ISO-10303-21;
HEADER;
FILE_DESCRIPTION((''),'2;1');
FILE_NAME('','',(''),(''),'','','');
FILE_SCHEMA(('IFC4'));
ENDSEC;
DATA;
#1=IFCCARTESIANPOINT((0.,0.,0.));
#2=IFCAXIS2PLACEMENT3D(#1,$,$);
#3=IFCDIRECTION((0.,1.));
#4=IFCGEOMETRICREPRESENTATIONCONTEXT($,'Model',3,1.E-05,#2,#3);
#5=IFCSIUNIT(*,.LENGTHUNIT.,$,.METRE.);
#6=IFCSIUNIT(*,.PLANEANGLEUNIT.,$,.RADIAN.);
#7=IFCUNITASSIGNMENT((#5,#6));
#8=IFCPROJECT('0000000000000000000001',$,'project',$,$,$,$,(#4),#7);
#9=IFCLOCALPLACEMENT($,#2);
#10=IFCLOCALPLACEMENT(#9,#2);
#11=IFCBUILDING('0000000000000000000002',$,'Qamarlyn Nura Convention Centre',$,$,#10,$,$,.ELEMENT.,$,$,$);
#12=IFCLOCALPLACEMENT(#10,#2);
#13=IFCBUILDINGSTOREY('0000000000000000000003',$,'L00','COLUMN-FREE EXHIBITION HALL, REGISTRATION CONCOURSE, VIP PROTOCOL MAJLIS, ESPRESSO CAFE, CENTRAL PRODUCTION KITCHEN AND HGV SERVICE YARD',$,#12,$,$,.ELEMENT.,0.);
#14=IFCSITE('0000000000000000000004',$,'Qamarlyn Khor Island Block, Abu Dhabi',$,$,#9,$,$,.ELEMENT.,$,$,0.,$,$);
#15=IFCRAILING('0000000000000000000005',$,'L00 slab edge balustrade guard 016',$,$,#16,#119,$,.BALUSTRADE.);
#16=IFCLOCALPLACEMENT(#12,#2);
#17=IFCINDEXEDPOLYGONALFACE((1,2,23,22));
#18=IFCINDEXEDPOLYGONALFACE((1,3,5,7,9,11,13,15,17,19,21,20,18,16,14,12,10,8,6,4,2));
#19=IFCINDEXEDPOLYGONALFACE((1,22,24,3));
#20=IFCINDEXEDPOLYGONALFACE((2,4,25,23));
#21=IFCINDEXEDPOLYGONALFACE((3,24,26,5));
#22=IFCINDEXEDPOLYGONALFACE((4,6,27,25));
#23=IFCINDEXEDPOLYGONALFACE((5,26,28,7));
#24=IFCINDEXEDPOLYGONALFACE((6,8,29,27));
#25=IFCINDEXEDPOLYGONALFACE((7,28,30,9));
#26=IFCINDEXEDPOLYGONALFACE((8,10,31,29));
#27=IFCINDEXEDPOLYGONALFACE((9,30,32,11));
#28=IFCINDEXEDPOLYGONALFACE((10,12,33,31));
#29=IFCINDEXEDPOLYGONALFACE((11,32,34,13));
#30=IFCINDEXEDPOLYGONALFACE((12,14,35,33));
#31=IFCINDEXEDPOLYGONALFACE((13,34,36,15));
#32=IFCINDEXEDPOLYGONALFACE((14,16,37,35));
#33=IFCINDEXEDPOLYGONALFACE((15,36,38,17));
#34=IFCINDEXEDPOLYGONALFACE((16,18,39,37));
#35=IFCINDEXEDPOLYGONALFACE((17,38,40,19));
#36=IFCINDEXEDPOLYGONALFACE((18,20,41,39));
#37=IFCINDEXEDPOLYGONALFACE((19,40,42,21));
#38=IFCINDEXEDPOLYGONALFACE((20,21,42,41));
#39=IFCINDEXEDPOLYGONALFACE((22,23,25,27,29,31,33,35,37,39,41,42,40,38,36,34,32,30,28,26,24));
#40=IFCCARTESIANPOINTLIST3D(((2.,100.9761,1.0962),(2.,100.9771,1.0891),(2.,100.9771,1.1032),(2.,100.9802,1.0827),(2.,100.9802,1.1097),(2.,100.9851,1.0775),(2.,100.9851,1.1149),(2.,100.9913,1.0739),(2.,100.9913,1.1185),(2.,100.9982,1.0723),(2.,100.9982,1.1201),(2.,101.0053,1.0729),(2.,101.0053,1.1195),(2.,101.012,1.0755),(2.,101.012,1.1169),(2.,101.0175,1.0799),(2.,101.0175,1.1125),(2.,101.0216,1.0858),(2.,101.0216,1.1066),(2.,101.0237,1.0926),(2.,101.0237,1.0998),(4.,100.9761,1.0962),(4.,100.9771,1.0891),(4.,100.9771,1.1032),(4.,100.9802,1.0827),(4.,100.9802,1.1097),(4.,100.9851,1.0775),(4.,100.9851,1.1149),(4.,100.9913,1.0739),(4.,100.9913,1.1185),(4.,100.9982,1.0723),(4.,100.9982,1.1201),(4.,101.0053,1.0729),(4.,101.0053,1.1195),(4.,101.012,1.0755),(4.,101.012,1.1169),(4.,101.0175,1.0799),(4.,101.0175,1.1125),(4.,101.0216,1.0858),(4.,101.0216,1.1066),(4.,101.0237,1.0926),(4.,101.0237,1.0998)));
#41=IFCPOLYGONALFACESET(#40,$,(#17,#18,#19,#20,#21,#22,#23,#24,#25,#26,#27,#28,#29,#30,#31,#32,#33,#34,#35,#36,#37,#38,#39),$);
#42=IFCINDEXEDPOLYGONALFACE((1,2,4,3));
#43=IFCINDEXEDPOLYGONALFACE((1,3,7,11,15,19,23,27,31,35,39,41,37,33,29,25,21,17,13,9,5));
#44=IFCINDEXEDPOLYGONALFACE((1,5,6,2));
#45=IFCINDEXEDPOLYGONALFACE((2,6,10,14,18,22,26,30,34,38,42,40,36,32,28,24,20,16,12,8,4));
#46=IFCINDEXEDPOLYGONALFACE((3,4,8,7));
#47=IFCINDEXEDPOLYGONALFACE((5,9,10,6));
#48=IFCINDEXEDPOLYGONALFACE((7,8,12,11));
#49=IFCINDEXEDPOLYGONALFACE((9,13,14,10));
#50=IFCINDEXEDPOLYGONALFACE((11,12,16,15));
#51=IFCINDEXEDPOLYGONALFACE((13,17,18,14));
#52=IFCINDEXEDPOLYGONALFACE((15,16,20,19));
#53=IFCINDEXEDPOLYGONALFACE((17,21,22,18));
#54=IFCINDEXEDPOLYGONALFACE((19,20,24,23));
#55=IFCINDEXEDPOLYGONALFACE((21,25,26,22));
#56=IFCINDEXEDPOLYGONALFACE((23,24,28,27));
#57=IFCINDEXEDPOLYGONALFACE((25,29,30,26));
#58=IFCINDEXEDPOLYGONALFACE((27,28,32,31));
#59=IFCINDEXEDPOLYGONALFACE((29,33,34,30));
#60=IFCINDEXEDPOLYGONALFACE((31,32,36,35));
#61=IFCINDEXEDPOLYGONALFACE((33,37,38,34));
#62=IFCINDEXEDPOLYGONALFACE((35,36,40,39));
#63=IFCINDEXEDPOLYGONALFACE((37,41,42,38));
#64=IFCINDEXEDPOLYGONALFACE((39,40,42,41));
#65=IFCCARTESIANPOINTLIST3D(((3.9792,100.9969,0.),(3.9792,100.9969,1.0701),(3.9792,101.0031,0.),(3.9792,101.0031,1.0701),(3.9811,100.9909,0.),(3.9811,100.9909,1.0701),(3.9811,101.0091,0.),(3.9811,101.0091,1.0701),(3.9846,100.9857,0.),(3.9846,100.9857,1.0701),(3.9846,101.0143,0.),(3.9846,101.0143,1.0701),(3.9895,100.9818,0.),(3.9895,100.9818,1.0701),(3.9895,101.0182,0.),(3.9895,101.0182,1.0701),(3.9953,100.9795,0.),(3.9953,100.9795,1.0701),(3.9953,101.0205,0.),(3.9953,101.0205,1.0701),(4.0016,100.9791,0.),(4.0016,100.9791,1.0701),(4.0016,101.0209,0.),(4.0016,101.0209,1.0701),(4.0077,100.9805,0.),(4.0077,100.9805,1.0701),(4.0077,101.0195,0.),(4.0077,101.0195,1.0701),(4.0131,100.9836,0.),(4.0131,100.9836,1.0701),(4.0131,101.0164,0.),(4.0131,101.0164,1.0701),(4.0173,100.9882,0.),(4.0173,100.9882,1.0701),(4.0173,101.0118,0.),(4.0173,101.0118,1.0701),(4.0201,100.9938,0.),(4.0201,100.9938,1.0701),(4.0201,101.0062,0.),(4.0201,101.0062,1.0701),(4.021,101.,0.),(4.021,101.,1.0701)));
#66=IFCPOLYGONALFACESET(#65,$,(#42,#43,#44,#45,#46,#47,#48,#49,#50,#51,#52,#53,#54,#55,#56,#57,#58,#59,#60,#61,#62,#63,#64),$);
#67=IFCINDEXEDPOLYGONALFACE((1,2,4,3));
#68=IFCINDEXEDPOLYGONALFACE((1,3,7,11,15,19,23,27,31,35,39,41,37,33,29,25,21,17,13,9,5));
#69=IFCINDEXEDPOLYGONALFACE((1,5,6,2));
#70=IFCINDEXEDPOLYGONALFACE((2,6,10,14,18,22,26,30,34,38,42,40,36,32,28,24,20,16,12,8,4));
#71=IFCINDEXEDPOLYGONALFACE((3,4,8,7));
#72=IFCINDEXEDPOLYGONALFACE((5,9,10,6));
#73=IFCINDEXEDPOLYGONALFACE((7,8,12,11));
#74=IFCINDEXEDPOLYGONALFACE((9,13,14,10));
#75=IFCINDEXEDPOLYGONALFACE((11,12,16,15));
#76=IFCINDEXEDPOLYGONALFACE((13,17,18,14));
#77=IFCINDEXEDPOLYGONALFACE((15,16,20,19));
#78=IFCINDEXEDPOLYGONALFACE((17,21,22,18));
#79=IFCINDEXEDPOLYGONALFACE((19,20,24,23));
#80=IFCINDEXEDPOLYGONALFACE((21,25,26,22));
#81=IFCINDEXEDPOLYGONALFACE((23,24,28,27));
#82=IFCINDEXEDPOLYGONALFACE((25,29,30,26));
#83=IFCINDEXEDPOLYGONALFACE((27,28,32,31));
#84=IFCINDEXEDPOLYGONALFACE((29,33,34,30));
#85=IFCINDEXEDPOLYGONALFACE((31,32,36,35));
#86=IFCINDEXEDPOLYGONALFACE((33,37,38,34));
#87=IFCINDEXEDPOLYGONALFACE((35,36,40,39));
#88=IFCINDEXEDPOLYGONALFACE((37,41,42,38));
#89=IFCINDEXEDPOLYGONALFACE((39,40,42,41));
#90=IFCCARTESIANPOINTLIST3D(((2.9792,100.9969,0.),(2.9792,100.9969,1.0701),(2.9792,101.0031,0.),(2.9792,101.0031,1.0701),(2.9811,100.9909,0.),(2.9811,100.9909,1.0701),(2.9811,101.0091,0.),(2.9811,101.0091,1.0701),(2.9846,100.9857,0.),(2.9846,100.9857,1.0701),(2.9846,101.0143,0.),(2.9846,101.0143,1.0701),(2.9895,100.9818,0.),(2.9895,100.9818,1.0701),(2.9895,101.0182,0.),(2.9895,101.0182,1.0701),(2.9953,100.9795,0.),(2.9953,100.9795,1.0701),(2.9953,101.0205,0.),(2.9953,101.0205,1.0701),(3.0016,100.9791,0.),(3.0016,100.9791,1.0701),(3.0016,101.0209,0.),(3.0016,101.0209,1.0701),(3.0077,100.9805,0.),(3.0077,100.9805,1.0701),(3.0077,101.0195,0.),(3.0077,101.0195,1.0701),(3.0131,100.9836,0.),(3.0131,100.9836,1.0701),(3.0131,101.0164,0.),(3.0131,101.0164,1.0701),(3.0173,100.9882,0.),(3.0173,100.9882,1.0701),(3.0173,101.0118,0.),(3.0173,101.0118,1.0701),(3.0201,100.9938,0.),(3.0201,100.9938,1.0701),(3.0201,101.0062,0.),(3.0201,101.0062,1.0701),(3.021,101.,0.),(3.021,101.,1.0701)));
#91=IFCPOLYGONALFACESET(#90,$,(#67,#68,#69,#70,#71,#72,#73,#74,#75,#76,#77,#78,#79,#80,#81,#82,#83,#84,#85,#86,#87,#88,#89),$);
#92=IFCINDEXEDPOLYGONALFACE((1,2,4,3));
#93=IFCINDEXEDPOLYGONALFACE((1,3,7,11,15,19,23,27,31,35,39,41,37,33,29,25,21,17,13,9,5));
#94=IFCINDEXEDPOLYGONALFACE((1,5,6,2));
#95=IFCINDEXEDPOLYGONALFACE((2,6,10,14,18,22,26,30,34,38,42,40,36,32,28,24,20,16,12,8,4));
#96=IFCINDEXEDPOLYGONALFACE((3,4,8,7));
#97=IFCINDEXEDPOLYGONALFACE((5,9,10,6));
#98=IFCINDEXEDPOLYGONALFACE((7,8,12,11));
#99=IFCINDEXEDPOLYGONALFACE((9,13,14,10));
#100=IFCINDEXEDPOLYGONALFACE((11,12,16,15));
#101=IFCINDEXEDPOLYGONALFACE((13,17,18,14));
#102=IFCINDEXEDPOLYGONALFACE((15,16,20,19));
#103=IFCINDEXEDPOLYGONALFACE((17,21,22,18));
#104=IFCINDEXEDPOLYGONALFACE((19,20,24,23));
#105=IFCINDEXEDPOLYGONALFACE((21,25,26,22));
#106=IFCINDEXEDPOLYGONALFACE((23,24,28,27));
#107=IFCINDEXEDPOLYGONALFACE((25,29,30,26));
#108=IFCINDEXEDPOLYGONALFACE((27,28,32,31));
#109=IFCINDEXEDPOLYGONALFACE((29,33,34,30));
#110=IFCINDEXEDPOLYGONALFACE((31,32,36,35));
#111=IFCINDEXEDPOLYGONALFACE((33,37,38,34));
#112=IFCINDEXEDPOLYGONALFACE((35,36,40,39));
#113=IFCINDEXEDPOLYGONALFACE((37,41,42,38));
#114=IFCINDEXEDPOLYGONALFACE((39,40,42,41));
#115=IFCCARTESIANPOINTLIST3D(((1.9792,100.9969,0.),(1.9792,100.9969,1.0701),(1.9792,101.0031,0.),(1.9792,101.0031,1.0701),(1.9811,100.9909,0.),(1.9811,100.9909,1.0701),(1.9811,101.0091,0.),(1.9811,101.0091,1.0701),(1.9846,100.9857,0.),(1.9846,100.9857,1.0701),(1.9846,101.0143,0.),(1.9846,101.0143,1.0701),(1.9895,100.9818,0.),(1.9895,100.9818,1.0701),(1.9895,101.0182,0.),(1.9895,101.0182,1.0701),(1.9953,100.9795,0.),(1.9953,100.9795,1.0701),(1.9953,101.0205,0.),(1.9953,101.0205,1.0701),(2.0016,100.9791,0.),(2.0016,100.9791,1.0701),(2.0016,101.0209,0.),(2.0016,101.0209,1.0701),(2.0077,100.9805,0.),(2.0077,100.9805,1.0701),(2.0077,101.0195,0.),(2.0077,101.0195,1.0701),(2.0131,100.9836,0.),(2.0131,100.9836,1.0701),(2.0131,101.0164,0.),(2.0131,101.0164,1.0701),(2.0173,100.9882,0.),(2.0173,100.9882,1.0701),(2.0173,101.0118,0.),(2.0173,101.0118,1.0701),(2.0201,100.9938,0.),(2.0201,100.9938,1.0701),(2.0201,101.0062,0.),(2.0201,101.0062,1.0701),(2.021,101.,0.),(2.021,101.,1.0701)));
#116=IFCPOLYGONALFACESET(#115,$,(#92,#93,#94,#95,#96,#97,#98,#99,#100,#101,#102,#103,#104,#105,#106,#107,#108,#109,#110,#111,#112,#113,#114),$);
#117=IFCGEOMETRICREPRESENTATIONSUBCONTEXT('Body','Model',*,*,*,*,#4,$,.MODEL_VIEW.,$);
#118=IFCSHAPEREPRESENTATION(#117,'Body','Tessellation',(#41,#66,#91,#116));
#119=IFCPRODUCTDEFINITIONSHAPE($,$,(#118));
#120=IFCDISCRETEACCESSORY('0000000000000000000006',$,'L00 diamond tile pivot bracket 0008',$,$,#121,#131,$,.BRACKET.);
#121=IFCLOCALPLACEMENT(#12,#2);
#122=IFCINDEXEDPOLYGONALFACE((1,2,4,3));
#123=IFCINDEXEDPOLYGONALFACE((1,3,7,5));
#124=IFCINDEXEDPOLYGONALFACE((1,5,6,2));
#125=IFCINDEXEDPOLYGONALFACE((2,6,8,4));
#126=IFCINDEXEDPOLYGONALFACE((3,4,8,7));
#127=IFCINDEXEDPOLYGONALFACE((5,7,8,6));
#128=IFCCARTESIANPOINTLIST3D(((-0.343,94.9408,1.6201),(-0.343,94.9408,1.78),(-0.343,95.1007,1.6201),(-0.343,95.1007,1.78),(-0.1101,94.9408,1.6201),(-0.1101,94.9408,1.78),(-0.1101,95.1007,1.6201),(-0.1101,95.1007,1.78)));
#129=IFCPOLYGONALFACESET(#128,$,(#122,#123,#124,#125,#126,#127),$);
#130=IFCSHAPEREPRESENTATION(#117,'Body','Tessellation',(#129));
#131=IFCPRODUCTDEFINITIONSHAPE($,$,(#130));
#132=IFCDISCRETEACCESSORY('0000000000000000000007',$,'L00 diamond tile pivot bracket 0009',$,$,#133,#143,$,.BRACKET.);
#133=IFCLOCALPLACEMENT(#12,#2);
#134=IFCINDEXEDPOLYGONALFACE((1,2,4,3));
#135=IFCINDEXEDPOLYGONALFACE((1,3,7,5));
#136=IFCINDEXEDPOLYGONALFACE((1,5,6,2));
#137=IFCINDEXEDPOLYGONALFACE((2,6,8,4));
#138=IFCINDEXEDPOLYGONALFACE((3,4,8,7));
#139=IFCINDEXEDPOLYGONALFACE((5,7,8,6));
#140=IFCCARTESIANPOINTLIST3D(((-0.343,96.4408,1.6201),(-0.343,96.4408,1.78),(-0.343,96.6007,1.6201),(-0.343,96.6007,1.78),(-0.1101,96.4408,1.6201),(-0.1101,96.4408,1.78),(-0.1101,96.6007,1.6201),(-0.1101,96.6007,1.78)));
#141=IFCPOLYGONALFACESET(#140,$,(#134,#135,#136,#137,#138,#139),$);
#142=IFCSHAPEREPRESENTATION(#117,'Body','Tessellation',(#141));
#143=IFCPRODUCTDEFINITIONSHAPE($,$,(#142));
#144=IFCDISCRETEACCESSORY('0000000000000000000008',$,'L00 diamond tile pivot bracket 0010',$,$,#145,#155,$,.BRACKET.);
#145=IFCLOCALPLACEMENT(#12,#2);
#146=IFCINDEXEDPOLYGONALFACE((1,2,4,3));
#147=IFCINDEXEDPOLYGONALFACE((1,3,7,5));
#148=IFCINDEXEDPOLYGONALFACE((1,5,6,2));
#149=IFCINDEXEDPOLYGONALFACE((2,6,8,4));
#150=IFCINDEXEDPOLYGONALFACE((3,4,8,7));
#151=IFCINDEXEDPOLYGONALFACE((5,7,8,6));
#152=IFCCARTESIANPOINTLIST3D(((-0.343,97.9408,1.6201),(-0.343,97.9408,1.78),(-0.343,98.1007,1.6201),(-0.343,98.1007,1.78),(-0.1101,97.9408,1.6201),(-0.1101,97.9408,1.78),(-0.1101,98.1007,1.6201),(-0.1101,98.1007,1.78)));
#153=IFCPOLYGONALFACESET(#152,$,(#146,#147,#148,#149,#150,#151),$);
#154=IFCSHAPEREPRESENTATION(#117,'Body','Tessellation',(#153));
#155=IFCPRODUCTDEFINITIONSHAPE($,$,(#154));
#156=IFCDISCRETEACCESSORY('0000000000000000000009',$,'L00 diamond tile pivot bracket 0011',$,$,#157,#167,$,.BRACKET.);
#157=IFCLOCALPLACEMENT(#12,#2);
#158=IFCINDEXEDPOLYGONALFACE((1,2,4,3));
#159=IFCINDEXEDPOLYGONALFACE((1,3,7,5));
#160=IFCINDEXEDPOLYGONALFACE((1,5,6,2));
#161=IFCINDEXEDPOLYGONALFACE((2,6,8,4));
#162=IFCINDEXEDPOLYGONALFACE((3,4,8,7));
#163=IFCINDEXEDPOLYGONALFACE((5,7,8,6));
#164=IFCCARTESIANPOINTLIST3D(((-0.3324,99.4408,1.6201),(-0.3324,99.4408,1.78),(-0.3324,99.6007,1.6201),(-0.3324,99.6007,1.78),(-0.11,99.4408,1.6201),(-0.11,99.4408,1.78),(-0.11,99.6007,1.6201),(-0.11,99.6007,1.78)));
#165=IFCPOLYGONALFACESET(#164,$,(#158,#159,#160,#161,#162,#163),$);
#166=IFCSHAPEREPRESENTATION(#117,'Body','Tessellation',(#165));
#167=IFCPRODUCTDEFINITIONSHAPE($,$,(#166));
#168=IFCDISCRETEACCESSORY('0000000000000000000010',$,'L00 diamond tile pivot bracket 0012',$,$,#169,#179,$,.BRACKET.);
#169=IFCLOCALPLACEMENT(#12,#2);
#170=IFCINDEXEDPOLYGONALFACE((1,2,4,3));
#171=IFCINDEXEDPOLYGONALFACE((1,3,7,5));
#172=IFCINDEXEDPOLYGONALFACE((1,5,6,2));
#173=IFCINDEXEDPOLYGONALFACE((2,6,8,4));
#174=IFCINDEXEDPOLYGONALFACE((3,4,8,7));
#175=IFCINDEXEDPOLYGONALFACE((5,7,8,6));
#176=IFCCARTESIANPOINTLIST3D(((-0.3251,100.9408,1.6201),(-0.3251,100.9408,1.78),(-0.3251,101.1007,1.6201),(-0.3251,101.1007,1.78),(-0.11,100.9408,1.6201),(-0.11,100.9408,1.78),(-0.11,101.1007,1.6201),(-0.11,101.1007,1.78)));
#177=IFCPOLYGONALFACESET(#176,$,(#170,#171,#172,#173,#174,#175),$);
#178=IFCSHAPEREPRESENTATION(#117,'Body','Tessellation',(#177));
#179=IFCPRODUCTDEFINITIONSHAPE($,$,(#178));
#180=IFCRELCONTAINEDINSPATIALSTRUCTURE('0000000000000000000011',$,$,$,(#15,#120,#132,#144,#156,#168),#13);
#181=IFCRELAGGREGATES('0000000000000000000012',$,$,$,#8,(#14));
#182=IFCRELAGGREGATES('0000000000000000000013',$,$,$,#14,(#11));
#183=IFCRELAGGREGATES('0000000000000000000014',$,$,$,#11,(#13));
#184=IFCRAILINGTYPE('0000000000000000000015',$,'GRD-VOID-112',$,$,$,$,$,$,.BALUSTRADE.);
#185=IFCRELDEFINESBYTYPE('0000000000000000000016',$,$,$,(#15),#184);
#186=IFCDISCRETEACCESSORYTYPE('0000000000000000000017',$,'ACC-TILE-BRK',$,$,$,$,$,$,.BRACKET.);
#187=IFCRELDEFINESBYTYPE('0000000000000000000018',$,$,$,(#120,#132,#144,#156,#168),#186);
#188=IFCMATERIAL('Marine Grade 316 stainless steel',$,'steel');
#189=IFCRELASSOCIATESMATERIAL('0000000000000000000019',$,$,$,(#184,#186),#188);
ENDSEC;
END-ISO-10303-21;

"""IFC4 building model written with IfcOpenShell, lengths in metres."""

from ifc_helpers import new_model, si_unit, direction, frame, origin, origin_2d, place, context, subcontext, project, spatial, rectangle, circle, extrude, material, type_object, element, save


model = new_model("IFC4")

# Units and contexts
model_context = context("Model", 3, precision=1e-05, world=origin(), true_north=direction((0.0, 1.0)))
body_context = subcontext(model_context, "Body", "Model", "MODEL_VIEW")
ifc_project = project(units=[si_unit("LENGTHUNIT", "METRE"), si_unit("PLANEANGLEUNIT", "RADIAN")], contexts=[model_context])

# Site, building, storey
site_placement = place(None, origin())
site = spatial("IfcSite", under=ifc_project, at=site_placement, Name="Qamarlyn Khor Island Block, Abu Dhabi", CompositionType="ELEMENT", RefElevation=0.0)
building_placement = place(site_placement, origin())
building = spatial("IfcBuilding", under=site, at=building_placement, Name="Qamarlyn Nura Convention Centre", CompositionType="ELEMENT")
storey_placement = place(building_placement, origin())
storey = spatial("IfcBuildingStorey", under=building, at=storey_placement, Name="L00", Description="COLUMN-FREE EXHIBITION HALL, REGISTRATION CONCOURSE, VIP PROTOCOL MAJLIS, ESPRESSO CAFE, CENTRAL PRODUCTION KITCHEN AND HGV SERVICE YARD", CompositionType="ELEMENT", Elevation=0.0)

# Railing
ifc_material_1 = material(Name="Marine Grade 316 stainless steel", Category="steel")
railing_type = type_object("IfcRailingType", Name="GRD-VOID-112", PredefinedType="BALUSTRADE", material=ifc_material_1)
railing_1_placement = place(storey_placement, frame((4.0, 101.0, 0.0)))
element("IfcRailing", 1, at=railing_1_placement, inside=storey, type_object=railing_type, Name="L00 slab edge balustrade guard 016", PredefinedType="BALUSTRADE", context=body_context, shape_type="SweptSolid", body=[
    extrude(circle(Radius=0.0239, at=origin_2d()), frame((0.0, 0.0, 1.0962), z_axis=(-1.0, 0.0, 0.0), x_axis=(0.0, -1.0, 0.0)), (0.0, 0.0, 1.0), 2.0),
    extrude(circle(Radius=0.021, at=origin_2d()), origin(), (0.0, 0.0, 1.0), 1.0701),
    extrude(circle(Radius=0.021, at=origin_2d()), frame((-1.0, 0.0, 0.0)), (0.0, 0.0, 1.0), 1.0701),
    extrude(circle(Radius=0.021, at=origin_2d()), frame((-2.0, 0.0, 0.0)), (0.0, 0.0, 1.0), 1.0701),
])

# Discrete accessories
discrete_accessory_type = type_object("IfcDiscreteAccessoryType", Name="ACC-TILE-BRK", PredefinedType="BRACKET", material=ifc_material_1)
for number, where, z_axis, x_axis, name in (
    (2, (-0.2266, 95.0208, 1.6201), (0.0, 0.0, 1.0), (-1.0, 0.0, 0.0), "L00 diamond tile pivot bracket 0008"),
    (3, (-0.2266, 96.5208, 1.6201), (0.0, 0.0, 1.0), (-1.0, 0.0, 0.0), "L00 diamond tile pivot bracket 0009"),
    (4, (-0.2266, 98.0208, 1.6201), (0.0, 0.0, 1.0), (-1.0, 0.0, 0.0), "L00 diamond tile pivot bracket 0010"),
):
    element("IfcDiscreteAccessory", number, at=place(storey_placement, frame(where, z_axis=z_axis, x_axis=x_axis)), inside=storey, type_object=discrete_accessory_type, Name=name, PredefinedType="BRACKET", context=body_context, shape_type="SweptSolid", body=[
        extrude(rectangle(XDim=0.2329, YDim=0.1599, at=origin_2d()), origin(), (0.0, 0.0, 1.0), 0.1599),
    ])
discrete_accessory_1_placement = place(storey_placement, frame((-0.2212, 99.5208, 1.6201), z_axis=(0.0, 0.0, 1.0), x_axis=(-1.0, 0.0, 0.0)))
element("IfcDiscreteAccessory", 5, at=discrete_accessory_1_placement, inside=storey, type_object=discrete_accessory_type, Name="L00 diamond tile pivot bracket 0011", PredefinedType="BRACKET", context=body_context, shape_type="SweptSolid", body=[
    extrude(rectangle(XDim=0.2224, YDim=0.1599, at=origin_2d()), origin(), (0.0, 0.0, 1.0), 0.1599),
])
discrete_accessory_2_placement = place(storey_placement, frame((-0.2175, 101.0208, 1.6201), z_axis=(0.0, 0.0, 1.0), x_axis=(-1.0, 0.0, 0.0)))
element("IfcDiscreteAccessory", 6, at=discrete_accessory_2_placement, inside=storey, type_object=discrete_accessory_type, Name="L00 diamond tile pivot bracket 0012", PredefinedType="BRACKET", context=body_context, shape_type="SweptSolid", body=[
    extrude(rectangle(XDim=0.2151, YDim=0.1599, at=origin_2d()), origin(), (0.0, 0.0, 1.0), 0.1599),
])

save(model, "model.ifc")
